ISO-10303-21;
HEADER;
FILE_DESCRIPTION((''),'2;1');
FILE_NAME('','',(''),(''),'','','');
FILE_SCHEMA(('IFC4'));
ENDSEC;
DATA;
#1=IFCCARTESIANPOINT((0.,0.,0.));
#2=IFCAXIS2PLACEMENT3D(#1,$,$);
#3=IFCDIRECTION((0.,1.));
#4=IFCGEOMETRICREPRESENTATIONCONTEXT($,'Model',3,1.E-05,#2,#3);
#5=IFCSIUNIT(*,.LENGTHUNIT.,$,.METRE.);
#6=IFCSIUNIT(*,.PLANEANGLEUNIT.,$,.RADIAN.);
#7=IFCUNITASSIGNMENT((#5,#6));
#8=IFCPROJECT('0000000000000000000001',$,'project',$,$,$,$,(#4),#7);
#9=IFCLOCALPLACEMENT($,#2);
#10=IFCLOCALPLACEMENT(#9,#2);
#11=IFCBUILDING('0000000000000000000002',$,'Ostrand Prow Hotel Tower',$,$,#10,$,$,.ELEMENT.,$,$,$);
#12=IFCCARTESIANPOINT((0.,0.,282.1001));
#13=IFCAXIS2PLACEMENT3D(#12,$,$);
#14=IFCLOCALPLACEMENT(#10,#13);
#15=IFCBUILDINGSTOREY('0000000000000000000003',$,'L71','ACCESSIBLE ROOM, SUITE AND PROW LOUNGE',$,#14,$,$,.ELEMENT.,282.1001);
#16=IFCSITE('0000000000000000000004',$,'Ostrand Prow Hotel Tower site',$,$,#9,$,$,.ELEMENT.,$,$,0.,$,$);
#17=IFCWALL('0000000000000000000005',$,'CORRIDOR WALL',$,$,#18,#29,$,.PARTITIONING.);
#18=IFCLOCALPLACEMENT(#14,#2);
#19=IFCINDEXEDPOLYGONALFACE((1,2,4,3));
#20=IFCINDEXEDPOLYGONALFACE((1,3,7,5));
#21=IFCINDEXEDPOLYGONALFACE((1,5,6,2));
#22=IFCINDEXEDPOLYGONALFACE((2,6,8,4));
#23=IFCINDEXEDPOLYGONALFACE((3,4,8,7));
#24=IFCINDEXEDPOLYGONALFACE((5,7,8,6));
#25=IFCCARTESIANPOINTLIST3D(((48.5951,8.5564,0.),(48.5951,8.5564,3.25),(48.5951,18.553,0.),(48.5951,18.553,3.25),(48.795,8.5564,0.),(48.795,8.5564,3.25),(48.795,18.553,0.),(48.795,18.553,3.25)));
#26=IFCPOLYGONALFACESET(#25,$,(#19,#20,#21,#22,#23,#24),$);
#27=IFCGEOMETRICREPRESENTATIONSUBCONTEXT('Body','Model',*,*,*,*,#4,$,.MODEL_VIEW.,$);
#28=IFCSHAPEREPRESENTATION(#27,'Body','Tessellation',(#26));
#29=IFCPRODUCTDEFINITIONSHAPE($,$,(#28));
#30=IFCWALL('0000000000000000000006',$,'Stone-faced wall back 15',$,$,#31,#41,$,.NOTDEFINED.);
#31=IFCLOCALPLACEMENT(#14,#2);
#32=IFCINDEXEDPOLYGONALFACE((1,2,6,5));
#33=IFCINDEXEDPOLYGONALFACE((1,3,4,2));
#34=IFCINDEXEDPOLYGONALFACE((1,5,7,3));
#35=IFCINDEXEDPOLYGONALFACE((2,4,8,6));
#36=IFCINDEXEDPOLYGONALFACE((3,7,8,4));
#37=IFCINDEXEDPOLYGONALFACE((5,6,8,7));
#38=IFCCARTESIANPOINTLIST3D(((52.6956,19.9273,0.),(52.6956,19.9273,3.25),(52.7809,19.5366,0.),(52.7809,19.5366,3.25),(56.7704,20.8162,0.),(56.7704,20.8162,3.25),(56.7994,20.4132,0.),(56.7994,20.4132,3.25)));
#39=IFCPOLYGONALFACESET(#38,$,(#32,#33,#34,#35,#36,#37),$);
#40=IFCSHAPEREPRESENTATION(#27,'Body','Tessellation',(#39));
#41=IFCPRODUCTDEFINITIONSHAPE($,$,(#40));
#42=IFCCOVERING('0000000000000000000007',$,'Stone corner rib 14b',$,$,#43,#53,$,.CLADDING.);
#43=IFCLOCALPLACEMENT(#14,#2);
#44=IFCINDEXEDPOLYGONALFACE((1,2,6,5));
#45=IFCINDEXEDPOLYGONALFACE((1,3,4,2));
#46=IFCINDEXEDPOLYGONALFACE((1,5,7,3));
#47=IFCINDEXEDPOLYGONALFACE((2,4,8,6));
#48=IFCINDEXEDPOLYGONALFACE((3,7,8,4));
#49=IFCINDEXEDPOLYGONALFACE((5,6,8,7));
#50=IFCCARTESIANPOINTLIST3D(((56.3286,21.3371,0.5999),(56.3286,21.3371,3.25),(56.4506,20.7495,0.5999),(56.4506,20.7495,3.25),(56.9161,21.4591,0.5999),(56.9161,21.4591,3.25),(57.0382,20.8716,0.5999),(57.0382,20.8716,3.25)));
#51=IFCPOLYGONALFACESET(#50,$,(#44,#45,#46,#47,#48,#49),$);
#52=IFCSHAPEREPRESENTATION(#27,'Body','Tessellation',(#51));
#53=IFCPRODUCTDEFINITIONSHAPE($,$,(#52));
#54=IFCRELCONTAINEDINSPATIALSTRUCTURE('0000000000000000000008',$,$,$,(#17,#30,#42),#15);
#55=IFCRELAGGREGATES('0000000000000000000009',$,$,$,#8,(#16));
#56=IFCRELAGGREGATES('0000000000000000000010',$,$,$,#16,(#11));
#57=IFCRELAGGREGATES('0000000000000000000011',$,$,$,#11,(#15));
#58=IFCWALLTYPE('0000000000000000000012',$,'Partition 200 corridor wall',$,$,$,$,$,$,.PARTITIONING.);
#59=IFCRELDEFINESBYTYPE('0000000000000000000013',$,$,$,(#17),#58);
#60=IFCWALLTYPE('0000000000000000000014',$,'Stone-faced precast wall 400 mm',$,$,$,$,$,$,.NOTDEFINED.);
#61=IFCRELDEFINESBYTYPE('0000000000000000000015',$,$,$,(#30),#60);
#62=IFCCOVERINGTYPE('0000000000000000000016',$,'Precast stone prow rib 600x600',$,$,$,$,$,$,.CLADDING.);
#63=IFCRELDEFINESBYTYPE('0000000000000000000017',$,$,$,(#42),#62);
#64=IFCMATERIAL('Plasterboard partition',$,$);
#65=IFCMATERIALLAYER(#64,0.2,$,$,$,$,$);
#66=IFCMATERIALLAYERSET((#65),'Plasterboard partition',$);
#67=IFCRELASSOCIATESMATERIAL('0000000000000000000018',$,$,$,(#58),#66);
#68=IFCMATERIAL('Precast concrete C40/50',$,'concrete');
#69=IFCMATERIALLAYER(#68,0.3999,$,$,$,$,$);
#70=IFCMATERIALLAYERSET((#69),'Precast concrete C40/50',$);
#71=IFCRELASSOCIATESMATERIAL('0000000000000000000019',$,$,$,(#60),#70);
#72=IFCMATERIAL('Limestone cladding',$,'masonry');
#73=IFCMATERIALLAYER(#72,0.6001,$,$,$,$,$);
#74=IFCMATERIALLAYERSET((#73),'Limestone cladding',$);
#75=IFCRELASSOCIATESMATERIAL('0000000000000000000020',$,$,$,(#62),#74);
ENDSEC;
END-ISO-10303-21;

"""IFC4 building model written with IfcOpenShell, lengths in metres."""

from ifc_helpers import new_model, si_unit, direction, frame, frame_2d, origin, place, context, subcontext, project, spatial, polyline, rectangle, outline, extrude, material, layer, layer_set, type_object, element, save


model = new_model("IFC4")

# Units and contexts
model_context = context("Model", 3, precision=1e-05, world=origin(), true_north=direction((0.0, 1.0)))
body_context = subcontext(model_context, "Body", "Model", "MODEL_VIEW")
ifc_project = project(units=[si_unit("LENGTHUNIT", "METRE"), si_unit("PLANEANGLEUNIT", "RADIAN")], contexts=[model_context])

# Site, building, storey
site_placement = place(None, origin())
site = spatial("IfcSite", under=ifc_project, at=site_placement, Name="Ostrand Prow Hotel Tower site", CompositionType="ELEMENT", RefElevation=0.0)
building_placement = place(site_placement, origin())
building = spatial("IfcBuilding", under=site, at=building_placement, Name="Ostrand Prow Hotel Tower", CompositionType="ELEMENT")
storey_placement = place(building_placement, frame((0.0, 0.0, 282.1001)))
storey = spatial("IfcBuildingStorey", under=building, at=storey_placement, Name="L71", Description="ACCESSIBLE ROOM, SUITE AND PROW LOUNGE", CompositionType="ELEMENT", Elevation=282.1001)

# Walls
ifc_material_1 = material(Name="Plasterboard partition")
ifc_layer_1 = layer(ifc_material_1, 0.2)
ifc_layer_set_1 = layer_set([ifc_layer_1], Name="Plasterboard partition")
wall_type_1 = type_object("IfcWallType", Name="Partition 200 corridor wall", PredefinedType="PARTITIONING", material=ifc_layer_set_1)
wall_1_placement = place(storey_placement, frame((48.6951, 18.553, 0.0), z_axis=(0.0, 0.0, 1.0), x_axis=(0.0, -1.0, 0.0)))
element("IfcWall", 1, at=wall_1_placement, inside=storey, type_object=wall_type_1, Name="CORRIDOR WALL", PredefinedType="PARTITIONING", context=body_context, shape_type="SweptSolid", body=[
    extrude(rectangle(XDim=9.9966, YDim=0.2, at=frame_2d((4.9983, 0.0))), origin(), (0.0, 0.0, 1.0), 3.25),
])
ifc_material_2 = material(Name="Precast concrete C40/50", Category="concrete")
ifc_layer_2 = layer(ifc_material_2, 0.3999)
ifc_layer_set_2 = layer_set([ifc_layer_2], Name="Precast concrete C40/50")
wall_type_2 = type_object("IfcWallType", Name="Stone-faced precast wall 400 mm", PredefinedType="NOTDEFINED", material=ifc_layer_set_2)
wall_2_placement = place(storey_placement, frame((56.7849, 20.6147, 0.0), z_axis=(0.0, 0.0, 1.0), x_axis=(-0.97702, -0.213147, 0.0)))
element("IfcWall", 2, at=wall_2_placement, inside=storey, type_object=wall_type_2, Name="Stone-faced wall back 15", PredefinedType="NOTDEFINED", context=body_context, shape_type="SweptSolid", body=[
    extrude(outline(polyline([(-0.0288, -0.2), (4.1418, -0.2), (4.1418, 0.2), (0.0288, 0.2), (-0.0288, -0.2)])), origin(), (0.0, 0.0, 1.0), 3.25),
])

# Covering
ifc_material_3 = material(Name="Limestone cladding", Category="masonry")
ifc_layer_3 = layer(ifc_material_3, 0.6001)
ifc_layer_set_3 = layer_set([ifc_layer_3], Name="Limestone cladding")
covering_type = type_object("IfcCoveringType", Name="Precast stone prow rib 600x600", PredefinedType="CLADDING", material=ifc_layer_set_3)
covering_placement = place(storey_placement, frame((56.7444, 20.8105, 0.5999), z_axis=(0.0, 0.0, 1.0), x_axis=(-0.203386, 0.979099, 0.0)))
element("IfcCovering", 3, at=covering_placement, inside=storey, type_object=covering_type, Name="Stone corner rib 14b", PredefinedType="CLADDING", context=body_context, shape_type="SweptSolid", body=[
    extrude(rectangle(XDim=0.6001, YDim=0.6001, at=frame_2d((0.3, 0.0))), origin(), (0.0, 0.0, 1.0), 2.6501),
])

save(model, "model.ifc")
